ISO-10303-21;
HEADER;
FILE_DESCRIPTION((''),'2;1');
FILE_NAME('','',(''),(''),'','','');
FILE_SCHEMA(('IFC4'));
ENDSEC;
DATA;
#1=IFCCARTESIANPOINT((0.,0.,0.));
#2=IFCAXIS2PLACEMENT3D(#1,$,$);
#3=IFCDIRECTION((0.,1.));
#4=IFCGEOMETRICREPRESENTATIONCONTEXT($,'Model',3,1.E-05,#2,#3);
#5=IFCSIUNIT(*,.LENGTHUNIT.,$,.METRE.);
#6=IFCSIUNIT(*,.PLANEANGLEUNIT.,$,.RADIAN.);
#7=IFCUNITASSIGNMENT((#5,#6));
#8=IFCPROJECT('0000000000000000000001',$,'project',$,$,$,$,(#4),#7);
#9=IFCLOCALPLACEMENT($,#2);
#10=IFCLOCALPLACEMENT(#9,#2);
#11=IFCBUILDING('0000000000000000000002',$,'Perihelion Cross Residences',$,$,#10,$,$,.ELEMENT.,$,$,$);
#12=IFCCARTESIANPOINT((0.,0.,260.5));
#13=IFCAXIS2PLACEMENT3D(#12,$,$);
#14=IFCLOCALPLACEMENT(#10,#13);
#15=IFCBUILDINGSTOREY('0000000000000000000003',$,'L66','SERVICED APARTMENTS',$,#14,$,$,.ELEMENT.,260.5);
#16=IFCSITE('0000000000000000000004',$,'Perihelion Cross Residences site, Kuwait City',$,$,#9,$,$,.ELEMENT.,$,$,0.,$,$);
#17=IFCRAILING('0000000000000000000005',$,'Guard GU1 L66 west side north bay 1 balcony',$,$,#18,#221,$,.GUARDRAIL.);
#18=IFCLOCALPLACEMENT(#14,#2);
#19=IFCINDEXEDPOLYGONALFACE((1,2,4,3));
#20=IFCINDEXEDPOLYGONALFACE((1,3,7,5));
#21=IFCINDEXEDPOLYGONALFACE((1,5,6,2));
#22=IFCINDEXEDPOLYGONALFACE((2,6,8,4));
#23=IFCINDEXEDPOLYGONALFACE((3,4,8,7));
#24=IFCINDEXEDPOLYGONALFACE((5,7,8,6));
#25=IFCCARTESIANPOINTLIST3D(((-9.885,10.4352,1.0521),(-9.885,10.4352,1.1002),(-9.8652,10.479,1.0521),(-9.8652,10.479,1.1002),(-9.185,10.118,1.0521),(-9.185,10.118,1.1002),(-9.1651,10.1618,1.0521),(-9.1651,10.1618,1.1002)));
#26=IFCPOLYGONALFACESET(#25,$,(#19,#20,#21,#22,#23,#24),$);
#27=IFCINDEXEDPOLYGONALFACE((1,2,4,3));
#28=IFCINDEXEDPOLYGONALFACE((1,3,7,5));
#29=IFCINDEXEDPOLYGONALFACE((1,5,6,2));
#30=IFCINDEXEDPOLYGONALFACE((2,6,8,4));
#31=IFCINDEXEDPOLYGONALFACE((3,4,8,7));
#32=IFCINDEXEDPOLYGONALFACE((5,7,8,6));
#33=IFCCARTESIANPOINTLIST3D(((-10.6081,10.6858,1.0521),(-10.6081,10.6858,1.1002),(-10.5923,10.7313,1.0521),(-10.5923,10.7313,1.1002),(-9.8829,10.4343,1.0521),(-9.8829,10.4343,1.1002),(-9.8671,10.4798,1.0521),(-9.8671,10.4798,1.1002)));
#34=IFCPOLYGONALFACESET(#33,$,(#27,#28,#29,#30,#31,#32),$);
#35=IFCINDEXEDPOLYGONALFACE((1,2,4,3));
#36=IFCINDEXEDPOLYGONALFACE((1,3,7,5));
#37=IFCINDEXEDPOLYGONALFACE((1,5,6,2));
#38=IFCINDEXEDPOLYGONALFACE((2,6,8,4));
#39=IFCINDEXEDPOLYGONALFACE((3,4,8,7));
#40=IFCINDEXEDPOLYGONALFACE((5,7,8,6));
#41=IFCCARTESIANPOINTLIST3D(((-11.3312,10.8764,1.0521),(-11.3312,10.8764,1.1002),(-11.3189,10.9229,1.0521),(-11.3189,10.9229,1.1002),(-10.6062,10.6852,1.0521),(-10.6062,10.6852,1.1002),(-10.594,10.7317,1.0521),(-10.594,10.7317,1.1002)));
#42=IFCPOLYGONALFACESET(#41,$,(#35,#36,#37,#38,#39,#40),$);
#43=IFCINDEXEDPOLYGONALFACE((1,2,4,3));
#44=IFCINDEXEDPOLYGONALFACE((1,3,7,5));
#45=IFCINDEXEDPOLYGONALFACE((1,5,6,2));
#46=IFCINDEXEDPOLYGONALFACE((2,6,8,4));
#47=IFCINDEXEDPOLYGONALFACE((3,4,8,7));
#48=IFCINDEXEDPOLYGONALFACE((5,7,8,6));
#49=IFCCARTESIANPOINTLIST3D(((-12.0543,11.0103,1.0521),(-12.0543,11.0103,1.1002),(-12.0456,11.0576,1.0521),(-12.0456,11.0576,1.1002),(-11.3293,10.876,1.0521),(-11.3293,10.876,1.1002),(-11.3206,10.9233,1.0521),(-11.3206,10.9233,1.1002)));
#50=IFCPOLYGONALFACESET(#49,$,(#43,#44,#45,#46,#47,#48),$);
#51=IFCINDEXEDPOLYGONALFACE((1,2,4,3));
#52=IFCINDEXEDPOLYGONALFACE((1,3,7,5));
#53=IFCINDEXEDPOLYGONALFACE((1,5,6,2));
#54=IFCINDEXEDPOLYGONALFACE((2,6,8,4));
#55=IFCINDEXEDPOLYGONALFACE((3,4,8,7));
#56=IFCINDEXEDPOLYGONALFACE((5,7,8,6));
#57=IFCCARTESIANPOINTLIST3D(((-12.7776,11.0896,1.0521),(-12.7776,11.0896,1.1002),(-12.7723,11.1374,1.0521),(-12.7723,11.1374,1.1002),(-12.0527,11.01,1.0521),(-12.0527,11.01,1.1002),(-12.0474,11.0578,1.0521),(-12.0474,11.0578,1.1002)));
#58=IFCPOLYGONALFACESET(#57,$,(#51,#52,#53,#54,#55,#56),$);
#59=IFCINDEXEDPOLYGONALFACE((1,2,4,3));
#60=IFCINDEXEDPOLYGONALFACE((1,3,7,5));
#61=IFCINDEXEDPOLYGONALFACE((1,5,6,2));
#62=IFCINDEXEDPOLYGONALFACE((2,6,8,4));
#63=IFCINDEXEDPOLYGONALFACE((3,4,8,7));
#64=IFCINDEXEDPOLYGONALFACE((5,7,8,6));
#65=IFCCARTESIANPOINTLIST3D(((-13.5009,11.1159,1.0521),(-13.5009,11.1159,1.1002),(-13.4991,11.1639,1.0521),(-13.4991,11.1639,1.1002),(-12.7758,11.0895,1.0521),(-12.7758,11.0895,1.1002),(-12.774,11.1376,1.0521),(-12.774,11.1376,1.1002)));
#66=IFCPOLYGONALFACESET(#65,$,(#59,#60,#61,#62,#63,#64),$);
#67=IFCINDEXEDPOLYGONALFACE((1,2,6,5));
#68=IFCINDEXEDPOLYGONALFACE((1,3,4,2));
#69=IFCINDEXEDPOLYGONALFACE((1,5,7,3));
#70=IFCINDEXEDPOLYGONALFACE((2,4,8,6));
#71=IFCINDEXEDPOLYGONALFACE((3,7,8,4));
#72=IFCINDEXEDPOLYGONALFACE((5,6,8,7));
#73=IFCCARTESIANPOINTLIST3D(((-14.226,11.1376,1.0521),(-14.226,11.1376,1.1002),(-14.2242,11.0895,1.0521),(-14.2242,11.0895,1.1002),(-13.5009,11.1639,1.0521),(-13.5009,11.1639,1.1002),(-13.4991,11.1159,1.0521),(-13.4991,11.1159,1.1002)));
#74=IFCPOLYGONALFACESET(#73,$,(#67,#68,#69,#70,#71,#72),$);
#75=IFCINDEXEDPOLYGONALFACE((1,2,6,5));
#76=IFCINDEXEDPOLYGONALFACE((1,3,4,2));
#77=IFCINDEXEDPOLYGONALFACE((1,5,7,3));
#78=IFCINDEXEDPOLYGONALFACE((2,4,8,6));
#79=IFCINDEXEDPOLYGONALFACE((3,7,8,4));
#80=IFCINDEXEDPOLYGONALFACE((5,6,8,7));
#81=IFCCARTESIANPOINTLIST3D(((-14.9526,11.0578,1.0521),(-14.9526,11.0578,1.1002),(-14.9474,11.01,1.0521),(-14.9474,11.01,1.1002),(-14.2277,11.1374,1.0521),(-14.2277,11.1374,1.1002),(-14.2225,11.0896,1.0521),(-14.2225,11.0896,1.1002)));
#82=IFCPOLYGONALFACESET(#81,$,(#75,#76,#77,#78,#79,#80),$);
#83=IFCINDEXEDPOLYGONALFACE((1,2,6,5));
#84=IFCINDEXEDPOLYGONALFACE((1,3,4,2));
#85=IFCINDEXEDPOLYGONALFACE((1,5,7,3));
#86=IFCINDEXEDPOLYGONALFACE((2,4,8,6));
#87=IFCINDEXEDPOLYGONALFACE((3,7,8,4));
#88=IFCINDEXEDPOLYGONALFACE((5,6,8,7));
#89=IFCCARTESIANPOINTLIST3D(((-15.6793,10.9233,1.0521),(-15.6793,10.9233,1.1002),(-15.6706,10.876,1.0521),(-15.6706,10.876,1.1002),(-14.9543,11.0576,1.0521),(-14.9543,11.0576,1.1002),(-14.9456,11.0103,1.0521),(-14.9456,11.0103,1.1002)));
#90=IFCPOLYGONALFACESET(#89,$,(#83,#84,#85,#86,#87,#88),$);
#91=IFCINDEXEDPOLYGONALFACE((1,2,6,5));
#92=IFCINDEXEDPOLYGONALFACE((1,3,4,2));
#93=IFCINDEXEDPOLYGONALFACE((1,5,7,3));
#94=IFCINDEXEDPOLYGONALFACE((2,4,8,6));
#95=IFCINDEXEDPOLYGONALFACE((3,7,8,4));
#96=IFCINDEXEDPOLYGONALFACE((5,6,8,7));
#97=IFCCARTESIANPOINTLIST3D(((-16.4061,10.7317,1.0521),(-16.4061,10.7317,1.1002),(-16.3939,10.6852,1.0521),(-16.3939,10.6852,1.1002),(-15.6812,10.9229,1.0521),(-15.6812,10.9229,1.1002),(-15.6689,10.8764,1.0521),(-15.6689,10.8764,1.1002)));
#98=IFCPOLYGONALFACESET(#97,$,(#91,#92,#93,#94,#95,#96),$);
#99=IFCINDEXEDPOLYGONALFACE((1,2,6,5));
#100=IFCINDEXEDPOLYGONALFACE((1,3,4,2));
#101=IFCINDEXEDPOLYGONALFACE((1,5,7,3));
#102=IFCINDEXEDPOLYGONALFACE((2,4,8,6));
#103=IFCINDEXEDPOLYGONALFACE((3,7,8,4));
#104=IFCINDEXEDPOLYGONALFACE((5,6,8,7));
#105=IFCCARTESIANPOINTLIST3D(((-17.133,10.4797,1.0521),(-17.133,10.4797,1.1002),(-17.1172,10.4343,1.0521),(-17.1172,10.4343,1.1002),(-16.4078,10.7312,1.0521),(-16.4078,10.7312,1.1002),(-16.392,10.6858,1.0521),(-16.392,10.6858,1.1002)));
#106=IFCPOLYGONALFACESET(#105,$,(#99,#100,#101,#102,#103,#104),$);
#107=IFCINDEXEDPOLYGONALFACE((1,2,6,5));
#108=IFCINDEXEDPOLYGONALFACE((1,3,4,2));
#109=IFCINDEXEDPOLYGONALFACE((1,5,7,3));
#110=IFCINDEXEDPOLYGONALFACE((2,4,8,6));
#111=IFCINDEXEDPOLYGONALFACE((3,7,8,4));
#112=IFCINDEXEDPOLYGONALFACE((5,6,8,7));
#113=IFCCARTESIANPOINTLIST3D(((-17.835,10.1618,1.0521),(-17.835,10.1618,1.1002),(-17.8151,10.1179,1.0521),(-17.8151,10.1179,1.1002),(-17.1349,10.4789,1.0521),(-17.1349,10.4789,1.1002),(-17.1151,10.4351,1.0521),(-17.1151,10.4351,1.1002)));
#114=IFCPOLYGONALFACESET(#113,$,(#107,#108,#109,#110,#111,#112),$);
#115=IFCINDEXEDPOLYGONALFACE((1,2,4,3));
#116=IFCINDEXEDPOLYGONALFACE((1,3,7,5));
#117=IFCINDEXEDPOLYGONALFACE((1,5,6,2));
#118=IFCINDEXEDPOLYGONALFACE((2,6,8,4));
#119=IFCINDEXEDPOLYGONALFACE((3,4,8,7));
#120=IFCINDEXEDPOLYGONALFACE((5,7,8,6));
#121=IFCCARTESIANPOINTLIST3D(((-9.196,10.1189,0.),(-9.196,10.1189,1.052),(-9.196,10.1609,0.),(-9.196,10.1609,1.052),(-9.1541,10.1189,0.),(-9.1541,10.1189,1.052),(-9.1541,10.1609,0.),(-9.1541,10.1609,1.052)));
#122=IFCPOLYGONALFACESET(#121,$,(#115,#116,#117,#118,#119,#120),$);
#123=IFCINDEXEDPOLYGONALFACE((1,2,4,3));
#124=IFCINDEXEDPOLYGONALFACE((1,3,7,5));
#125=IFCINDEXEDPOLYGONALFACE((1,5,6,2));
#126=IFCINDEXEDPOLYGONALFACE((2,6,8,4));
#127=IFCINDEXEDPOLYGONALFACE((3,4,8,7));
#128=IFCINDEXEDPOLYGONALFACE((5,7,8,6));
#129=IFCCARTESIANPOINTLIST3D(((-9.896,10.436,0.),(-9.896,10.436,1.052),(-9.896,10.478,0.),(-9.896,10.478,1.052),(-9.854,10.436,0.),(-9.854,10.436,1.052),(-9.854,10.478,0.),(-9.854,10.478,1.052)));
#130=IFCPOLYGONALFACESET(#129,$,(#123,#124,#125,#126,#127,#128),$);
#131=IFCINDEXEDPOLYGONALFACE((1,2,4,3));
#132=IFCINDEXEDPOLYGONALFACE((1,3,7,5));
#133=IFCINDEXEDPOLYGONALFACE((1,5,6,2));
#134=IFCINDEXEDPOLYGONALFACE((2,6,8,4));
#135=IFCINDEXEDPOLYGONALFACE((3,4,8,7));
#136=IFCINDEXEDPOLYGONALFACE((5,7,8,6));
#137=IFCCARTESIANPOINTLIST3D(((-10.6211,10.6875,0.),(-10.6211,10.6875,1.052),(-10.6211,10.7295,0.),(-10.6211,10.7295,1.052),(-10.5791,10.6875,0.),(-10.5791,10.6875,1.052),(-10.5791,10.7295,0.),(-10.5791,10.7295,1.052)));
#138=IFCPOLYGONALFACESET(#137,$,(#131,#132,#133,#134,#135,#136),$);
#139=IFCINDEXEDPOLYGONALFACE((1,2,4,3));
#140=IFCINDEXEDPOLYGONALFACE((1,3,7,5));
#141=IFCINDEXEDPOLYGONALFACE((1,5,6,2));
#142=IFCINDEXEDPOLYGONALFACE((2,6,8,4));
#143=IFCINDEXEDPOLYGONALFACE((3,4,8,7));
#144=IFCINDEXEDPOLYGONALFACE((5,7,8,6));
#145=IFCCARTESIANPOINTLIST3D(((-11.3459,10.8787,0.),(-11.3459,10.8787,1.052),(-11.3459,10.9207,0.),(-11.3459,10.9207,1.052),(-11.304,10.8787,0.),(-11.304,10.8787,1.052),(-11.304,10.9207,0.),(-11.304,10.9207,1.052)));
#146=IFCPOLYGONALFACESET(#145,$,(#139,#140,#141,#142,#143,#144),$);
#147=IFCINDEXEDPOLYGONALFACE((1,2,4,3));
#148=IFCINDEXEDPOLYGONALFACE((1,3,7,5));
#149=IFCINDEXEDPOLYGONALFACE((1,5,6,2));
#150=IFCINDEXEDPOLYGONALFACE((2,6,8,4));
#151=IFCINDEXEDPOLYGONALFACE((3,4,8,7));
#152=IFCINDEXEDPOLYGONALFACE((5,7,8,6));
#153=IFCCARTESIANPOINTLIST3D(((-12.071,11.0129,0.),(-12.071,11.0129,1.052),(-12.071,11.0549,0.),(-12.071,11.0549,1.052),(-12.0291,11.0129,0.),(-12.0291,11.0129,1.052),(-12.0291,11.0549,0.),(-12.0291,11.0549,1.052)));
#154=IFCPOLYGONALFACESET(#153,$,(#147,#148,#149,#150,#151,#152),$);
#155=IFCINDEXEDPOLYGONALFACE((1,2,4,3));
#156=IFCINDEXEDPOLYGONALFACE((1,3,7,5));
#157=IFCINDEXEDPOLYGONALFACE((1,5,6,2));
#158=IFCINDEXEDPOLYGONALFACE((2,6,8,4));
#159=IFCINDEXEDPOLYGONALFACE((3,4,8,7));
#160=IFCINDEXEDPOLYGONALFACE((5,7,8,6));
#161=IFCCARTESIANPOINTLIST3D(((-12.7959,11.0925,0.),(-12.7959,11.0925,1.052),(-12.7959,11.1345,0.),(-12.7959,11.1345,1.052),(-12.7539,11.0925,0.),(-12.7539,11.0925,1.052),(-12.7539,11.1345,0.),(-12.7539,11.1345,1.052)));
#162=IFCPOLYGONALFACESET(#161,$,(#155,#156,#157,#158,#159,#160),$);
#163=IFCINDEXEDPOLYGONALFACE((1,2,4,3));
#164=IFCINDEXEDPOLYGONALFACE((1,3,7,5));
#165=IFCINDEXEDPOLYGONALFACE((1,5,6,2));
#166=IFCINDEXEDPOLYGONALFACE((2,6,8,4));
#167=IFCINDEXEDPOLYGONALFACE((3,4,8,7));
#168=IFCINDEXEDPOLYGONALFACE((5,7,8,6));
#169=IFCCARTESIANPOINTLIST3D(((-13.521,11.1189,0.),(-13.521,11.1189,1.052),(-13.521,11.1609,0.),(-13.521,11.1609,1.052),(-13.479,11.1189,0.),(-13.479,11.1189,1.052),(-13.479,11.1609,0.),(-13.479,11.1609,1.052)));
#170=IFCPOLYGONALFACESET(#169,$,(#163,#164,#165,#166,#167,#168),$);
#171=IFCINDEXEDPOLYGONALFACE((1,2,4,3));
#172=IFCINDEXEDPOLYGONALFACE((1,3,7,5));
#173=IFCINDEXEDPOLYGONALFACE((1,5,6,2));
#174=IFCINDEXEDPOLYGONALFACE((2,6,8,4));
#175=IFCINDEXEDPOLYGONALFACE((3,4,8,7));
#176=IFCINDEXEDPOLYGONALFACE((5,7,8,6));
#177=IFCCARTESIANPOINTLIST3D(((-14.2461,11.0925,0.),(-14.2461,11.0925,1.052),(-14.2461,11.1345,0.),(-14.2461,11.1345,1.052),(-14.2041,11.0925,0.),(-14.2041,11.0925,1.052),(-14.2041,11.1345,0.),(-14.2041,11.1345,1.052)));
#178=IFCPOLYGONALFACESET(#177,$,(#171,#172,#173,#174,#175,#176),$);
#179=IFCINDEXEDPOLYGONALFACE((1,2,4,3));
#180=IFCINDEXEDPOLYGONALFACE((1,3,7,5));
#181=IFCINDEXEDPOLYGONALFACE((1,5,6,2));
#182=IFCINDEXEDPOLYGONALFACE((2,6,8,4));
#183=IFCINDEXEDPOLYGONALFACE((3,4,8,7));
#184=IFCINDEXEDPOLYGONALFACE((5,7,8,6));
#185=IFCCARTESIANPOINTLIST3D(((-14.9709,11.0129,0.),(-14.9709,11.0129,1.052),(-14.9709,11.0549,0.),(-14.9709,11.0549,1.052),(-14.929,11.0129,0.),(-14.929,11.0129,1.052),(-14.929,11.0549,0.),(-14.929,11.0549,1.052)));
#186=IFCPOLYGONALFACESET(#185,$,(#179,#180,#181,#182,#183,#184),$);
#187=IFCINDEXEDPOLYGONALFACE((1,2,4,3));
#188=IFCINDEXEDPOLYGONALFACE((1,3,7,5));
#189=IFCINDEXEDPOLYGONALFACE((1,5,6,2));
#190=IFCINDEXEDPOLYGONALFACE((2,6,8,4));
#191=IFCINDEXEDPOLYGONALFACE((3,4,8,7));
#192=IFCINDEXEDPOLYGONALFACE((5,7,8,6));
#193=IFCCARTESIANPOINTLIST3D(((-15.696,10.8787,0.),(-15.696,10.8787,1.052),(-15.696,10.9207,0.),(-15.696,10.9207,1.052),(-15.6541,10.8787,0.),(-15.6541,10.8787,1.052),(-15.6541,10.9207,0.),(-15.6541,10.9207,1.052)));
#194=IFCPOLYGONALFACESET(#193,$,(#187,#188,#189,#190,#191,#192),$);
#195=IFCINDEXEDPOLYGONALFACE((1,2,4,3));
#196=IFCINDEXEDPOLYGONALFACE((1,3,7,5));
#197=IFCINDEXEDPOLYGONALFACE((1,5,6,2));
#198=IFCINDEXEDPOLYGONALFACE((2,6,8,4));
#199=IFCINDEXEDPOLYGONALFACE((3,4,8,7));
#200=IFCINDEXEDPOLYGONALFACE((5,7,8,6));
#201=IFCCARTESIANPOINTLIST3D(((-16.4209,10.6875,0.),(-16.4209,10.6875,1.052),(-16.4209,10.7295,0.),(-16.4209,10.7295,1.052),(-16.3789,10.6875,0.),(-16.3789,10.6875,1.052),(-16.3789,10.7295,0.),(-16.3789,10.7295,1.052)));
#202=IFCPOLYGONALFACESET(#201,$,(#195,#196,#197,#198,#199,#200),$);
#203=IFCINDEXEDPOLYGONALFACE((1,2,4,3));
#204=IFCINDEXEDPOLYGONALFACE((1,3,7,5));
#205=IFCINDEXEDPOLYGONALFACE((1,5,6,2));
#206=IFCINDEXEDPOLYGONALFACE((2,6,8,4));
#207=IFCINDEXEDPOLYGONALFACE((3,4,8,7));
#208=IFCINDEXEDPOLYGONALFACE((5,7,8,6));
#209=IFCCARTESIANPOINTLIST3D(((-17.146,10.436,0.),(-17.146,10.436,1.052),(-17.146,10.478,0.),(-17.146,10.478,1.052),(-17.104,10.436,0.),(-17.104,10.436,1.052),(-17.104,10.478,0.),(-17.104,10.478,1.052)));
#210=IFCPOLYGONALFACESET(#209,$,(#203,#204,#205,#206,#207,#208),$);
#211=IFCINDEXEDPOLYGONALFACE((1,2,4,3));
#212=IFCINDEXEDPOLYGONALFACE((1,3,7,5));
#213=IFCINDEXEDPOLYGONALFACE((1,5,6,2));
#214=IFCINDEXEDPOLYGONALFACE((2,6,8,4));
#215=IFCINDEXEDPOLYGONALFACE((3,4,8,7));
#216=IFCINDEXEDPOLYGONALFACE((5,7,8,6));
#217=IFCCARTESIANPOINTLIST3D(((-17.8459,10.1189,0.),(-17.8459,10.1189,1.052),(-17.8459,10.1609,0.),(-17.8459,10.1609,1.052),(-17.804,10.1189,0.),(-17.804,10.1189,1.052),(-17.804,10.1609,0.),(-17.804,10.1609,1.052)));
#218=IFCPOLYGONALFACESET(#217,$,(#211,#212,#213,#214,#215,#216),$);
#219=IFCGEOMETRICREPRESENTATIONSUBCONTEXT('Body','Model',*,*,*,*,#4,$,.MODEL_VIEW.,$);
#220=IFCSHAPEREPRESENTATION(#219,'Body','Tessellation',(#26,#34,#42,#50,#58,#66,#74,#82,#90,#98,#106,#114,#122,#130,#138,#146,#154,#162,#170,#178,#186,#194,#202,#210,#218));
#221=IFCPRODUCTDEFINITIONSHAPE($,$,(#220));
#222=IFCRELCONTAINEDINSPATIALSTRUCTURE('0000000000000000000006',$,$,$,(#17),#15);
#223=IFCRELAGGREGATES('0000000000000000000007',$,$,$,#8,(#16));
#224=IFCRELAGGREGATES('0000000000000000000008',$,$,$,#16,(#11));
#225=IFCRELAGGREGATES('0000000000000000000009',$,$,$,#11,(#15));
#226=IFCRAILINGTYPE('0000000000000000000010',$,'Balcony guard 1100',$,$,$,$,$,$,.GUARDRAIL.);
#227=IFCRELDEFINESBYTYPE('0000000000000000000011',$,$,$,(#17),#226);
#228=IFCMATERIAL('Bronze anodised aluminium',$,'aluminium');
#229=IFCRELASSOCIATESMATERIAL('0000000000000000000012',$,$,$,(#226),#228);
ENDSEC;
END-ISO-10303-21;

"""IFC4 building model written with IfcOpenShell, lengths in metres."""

from ifc_helpers import new_model, si_unit, direction, frame, origin, origin_2d, place, context, subcontext, project, spatial, rectangle, extrude, material, type_object, element, save


model = new_model("IFC4")

# Units and contexts
model_context = context("Model", 3, precision=1e-05, world=origin(), true_north=direction((0.0, 1.0)))
body_context = subcontext(model_context, "Body", "Model", "MODEL_VIEW")
ifc_project = project(units=[si_unit("LENGTHUNIT", "METRE"), si_unit("PLANEANGLEUNIT", "RADIAN")], contexts=[model_context])

# Site, building, storey
site_placement = place(None, origin())
site = spatial("IfcSite", under=ifc_project, at=site_placement, Name="Perihelion Cross Residences site, Kuwait City", CompositionType="ELEMENT", RefElevation=0.0)
building_placement = place(site_placement, origin())
building = spatial("IfcBuilding", under=site, at=building_placement, Name="Perihelion Cross Residences", CompositionType="ELEMENT")
storey_placement = place(building_placement, frame((0.0, 0.0, 260.5)))
storey = spatial("IfcBuildingStorey", under=building, at=storey_placement, Name="L66", Description="SERVICED APARTMENTS", CompositionType="ELEMENT", Elevation=260.5)

# Railing
ifc_material_1 = material(Name="Bronze anodised aluminium", Category="aluminium")
railing_type = type_object("IfcRailingType", Name="Balcony guard 1100", PredefinedType="GUARDRAIL", material=ifc_material_1)
railing_1_placement = place(storey_placement, frame((-9.175, 10.1399, 0.0)))
element("IfcRailing", 1, at=railing_1_placement, inside=storey, type_object=railing_type, Name="Guard GU1 L66 west side north bay 1 balcony", PredefinedType="GUARDRAIL", context=body_context, shape_type="SweptSolid", body=[
    extrude(rectangle(XDim=0.0481, YDim=0.0481, at=origin_2d()), frame((0.0, 0.0, 1.0762), z_axis=(-0.910866, 0.412702, 0.0), x_axis=(-0.412702, -0.910866, 0.0)), (0.0, 0.0, 1.0), 0.7686),
    extrude(rectangle(XDim=0.0481, YDim=0.0481, at=origin_2d()), frame((-0.7, 0.3171, 1.0762), z_axis=(-0.944797, 0.327657, 0.0), x_axis=(-0.327657, -0.944797, 0.0)), (0.0, 0.0, 1.0), 0.7676),
    extrude(rectangle(XDim=0.0481, YDim=0.0481, at=origin_2d()), frame((-1.425, 0.5686, 1.0762), z_axis=(-0.966939, 0.255006, 0.0), x_axis=(-0.255006, -0.966939, 0.0)), (0.0, 0.0, 1.0), 0.7498),
    extrude(rectangle(XDim=0.0481, YDim=0.0481, at=origin_2d()), frame((-2.1499, 0.7598, 1.0762), z_axis=(-0.983282, 0.182089, 0.0), x_axis=(-0.182089, -0.983282, 0.0)), (0.0, 0.0, 1.0), 0.7373),
    extrude(rectangle(XDim=0.0481, YDim=0.0481, at=origin_2d()), frame((-2.875, 0.894, 1.0762), z_axis=(-0.994026, 0.109145, 0.0), x_axis=(-0.109145, -0.994026, 0.0)), (0.0, 0.0, 1.0), 0.7292),
    extrude(rectangle(XDim=0.0481, YDim=0.0481, at=origin_2d()), frame((-3.5999, 0.9736, 1.0762), z_axis=(-0.999339, 0.03634, 0.0), x_axis=(-0.03634, -0.999339, 0.0)), (0.0, 0.0, 1.0), 0.7256),
    extrude(rectangle(XDim=0.0481, YDim=0.0481, at=origin_2d()), frame((-4.325, 1.0, 1.0762), z_axis=(-0.999339, -0.03634, 0.0), x_axis=(0.03634, -0.999339, 0.0)), (0.0, 0.0, 1.0), 0.7256),
    extrude(rectangle(XDim=0.0481, YDim=0.0481, at=origin_2d()), frame((-5.05, 0.9736, 1.0762), z_axis=(-0.994026, -0.109145, 0.0), x_axis=(0.109145, -0.994026, 0.0)), (0.0, 0.0, 1.0), 0.7292),
    extrude(rectangle(XDim=0.0481, YDim=0.0481, at=origin_2d()), frame((-5.7749, 0.894, 1.0762), z_axis=(-0.983282, -0.182089, 0.0), x_axis=(0.182089, -0.983282, 0.0)), (0.0, 0.0, 1.0), 0.7373),
    extrude(rectangle(XDim=0.0481, YDim=0.0481, at=origin_2d()), frame((-6.5, 0.7598, 1.0762), z_axis=(-0.966939, -0.255006, 0.0), x_axis=(0.255006, -0.966939, 0.0)), (0.0, 0.0, 1.0), 0.7498),
    extrude(rectangle(XDim=0.0481, YDim=0.0481, at=origin_2d()), frame((-7.2249, 0.5686, 1.0762), z_axis=(-0.944797, -0.327657, 0.0), x_axis=(0.327657, -0.944797, 0.0)), (0.0, 0.0, 1.0), 0.7676),
    extrude(rectangle(XDim=0.0481, YDim=0.0481, at=origin_2d()), frame((-7.95, 0.3171, 1.0762), z_axis=(-0.910866, -0.412702, 0.0), x_axis=(0.412702, -0.910866, 0.0)), (0.0, 0.0, 1.0), 0.7686),
    extrude(rectangle(XDim=0.042, YDim=0.042, at=origin_2d()), origin(), (0.0, 0.0, 1.0), 1.052),
    extrude(rectangle(XDim=0.042, YDim=0.042, at=origin_2d()), frame((-0.7, 0.3171, 0.0)), (0.0, 0.0, 1.0), 1.052),
    extrude(rectangle(XDim=0.042, YDim=0.042, at=origin_2d()), frame((-1.425, 0.5686, 0.0)), (0.0, 0.0, 1.0), 1.052),
    extrude(rectangle(XDim=0.042, YDim=0.042, at=origin_2d()), frame((-2.1499, 0.7598, 0.0)), (0.0, 0.0, 1.0), 1.052),
    extrude(rectangle(XDim=0.042, YDim=0.042, at=origin_2d()), frame((-2.875, 0.894, 0.0)), (0.0, 0.0, 1.0), 1.052),
    extrude(rectangle(XDim=0.042, YDim=0.042, at=origin_2d()), frame((-3.5999, 0.9736, 0.0)), (0.0, 0.0, 1.0), 1.052),
    extrude(rectangle(XDim=0.042, YDim=0.042, at=origin_2d()), frame((-4.325, 1.0, 0.0)), (0.0, 0.0, 1.0), 1.052),
    extrude(rectangle(XDim=0.042, YDim=0.042, at=origin_2d()), frame((-5.05, 0.9736, 0.0)), (0.0, 0.0, 1.0), 1.052),
    extrude(rectangle(XDim=0.042, YDim=0.042, at=origin_2d()), frame((-5.7749, 0.894, 0.0)), (0.0, 0.0, 1.0), 1.052),
    extrude(rectangle(XDim=0.042, YDim=0.042, at=origin_2d()), frame((-6.5, 0.7598, 0.0)), (0.0, 0.0, 1.0), 1.052),
    extrude(rectangle(XDim=0.042, YDim=0.042, at=origin_2d()), frame((-7.2249, 0.5686, 0.0)), (0.0, 0.0, 1.0), 1.052),
    extrude(rectangle(XDim=0.042, YDim=0.042, at=origin_2d()), frame((-7.95, 0.3171, 0.0)), (0.0, 0.0, 1.0), 1.052),
    extrude(rectangle(XDim=0.042, YDim=0.042, at=origin_2d()), frame((-8.6499, 0.0, 0.0)), (0.0, 0.0, 1.0), 1.052),
])

save(model, "model.ifc")
